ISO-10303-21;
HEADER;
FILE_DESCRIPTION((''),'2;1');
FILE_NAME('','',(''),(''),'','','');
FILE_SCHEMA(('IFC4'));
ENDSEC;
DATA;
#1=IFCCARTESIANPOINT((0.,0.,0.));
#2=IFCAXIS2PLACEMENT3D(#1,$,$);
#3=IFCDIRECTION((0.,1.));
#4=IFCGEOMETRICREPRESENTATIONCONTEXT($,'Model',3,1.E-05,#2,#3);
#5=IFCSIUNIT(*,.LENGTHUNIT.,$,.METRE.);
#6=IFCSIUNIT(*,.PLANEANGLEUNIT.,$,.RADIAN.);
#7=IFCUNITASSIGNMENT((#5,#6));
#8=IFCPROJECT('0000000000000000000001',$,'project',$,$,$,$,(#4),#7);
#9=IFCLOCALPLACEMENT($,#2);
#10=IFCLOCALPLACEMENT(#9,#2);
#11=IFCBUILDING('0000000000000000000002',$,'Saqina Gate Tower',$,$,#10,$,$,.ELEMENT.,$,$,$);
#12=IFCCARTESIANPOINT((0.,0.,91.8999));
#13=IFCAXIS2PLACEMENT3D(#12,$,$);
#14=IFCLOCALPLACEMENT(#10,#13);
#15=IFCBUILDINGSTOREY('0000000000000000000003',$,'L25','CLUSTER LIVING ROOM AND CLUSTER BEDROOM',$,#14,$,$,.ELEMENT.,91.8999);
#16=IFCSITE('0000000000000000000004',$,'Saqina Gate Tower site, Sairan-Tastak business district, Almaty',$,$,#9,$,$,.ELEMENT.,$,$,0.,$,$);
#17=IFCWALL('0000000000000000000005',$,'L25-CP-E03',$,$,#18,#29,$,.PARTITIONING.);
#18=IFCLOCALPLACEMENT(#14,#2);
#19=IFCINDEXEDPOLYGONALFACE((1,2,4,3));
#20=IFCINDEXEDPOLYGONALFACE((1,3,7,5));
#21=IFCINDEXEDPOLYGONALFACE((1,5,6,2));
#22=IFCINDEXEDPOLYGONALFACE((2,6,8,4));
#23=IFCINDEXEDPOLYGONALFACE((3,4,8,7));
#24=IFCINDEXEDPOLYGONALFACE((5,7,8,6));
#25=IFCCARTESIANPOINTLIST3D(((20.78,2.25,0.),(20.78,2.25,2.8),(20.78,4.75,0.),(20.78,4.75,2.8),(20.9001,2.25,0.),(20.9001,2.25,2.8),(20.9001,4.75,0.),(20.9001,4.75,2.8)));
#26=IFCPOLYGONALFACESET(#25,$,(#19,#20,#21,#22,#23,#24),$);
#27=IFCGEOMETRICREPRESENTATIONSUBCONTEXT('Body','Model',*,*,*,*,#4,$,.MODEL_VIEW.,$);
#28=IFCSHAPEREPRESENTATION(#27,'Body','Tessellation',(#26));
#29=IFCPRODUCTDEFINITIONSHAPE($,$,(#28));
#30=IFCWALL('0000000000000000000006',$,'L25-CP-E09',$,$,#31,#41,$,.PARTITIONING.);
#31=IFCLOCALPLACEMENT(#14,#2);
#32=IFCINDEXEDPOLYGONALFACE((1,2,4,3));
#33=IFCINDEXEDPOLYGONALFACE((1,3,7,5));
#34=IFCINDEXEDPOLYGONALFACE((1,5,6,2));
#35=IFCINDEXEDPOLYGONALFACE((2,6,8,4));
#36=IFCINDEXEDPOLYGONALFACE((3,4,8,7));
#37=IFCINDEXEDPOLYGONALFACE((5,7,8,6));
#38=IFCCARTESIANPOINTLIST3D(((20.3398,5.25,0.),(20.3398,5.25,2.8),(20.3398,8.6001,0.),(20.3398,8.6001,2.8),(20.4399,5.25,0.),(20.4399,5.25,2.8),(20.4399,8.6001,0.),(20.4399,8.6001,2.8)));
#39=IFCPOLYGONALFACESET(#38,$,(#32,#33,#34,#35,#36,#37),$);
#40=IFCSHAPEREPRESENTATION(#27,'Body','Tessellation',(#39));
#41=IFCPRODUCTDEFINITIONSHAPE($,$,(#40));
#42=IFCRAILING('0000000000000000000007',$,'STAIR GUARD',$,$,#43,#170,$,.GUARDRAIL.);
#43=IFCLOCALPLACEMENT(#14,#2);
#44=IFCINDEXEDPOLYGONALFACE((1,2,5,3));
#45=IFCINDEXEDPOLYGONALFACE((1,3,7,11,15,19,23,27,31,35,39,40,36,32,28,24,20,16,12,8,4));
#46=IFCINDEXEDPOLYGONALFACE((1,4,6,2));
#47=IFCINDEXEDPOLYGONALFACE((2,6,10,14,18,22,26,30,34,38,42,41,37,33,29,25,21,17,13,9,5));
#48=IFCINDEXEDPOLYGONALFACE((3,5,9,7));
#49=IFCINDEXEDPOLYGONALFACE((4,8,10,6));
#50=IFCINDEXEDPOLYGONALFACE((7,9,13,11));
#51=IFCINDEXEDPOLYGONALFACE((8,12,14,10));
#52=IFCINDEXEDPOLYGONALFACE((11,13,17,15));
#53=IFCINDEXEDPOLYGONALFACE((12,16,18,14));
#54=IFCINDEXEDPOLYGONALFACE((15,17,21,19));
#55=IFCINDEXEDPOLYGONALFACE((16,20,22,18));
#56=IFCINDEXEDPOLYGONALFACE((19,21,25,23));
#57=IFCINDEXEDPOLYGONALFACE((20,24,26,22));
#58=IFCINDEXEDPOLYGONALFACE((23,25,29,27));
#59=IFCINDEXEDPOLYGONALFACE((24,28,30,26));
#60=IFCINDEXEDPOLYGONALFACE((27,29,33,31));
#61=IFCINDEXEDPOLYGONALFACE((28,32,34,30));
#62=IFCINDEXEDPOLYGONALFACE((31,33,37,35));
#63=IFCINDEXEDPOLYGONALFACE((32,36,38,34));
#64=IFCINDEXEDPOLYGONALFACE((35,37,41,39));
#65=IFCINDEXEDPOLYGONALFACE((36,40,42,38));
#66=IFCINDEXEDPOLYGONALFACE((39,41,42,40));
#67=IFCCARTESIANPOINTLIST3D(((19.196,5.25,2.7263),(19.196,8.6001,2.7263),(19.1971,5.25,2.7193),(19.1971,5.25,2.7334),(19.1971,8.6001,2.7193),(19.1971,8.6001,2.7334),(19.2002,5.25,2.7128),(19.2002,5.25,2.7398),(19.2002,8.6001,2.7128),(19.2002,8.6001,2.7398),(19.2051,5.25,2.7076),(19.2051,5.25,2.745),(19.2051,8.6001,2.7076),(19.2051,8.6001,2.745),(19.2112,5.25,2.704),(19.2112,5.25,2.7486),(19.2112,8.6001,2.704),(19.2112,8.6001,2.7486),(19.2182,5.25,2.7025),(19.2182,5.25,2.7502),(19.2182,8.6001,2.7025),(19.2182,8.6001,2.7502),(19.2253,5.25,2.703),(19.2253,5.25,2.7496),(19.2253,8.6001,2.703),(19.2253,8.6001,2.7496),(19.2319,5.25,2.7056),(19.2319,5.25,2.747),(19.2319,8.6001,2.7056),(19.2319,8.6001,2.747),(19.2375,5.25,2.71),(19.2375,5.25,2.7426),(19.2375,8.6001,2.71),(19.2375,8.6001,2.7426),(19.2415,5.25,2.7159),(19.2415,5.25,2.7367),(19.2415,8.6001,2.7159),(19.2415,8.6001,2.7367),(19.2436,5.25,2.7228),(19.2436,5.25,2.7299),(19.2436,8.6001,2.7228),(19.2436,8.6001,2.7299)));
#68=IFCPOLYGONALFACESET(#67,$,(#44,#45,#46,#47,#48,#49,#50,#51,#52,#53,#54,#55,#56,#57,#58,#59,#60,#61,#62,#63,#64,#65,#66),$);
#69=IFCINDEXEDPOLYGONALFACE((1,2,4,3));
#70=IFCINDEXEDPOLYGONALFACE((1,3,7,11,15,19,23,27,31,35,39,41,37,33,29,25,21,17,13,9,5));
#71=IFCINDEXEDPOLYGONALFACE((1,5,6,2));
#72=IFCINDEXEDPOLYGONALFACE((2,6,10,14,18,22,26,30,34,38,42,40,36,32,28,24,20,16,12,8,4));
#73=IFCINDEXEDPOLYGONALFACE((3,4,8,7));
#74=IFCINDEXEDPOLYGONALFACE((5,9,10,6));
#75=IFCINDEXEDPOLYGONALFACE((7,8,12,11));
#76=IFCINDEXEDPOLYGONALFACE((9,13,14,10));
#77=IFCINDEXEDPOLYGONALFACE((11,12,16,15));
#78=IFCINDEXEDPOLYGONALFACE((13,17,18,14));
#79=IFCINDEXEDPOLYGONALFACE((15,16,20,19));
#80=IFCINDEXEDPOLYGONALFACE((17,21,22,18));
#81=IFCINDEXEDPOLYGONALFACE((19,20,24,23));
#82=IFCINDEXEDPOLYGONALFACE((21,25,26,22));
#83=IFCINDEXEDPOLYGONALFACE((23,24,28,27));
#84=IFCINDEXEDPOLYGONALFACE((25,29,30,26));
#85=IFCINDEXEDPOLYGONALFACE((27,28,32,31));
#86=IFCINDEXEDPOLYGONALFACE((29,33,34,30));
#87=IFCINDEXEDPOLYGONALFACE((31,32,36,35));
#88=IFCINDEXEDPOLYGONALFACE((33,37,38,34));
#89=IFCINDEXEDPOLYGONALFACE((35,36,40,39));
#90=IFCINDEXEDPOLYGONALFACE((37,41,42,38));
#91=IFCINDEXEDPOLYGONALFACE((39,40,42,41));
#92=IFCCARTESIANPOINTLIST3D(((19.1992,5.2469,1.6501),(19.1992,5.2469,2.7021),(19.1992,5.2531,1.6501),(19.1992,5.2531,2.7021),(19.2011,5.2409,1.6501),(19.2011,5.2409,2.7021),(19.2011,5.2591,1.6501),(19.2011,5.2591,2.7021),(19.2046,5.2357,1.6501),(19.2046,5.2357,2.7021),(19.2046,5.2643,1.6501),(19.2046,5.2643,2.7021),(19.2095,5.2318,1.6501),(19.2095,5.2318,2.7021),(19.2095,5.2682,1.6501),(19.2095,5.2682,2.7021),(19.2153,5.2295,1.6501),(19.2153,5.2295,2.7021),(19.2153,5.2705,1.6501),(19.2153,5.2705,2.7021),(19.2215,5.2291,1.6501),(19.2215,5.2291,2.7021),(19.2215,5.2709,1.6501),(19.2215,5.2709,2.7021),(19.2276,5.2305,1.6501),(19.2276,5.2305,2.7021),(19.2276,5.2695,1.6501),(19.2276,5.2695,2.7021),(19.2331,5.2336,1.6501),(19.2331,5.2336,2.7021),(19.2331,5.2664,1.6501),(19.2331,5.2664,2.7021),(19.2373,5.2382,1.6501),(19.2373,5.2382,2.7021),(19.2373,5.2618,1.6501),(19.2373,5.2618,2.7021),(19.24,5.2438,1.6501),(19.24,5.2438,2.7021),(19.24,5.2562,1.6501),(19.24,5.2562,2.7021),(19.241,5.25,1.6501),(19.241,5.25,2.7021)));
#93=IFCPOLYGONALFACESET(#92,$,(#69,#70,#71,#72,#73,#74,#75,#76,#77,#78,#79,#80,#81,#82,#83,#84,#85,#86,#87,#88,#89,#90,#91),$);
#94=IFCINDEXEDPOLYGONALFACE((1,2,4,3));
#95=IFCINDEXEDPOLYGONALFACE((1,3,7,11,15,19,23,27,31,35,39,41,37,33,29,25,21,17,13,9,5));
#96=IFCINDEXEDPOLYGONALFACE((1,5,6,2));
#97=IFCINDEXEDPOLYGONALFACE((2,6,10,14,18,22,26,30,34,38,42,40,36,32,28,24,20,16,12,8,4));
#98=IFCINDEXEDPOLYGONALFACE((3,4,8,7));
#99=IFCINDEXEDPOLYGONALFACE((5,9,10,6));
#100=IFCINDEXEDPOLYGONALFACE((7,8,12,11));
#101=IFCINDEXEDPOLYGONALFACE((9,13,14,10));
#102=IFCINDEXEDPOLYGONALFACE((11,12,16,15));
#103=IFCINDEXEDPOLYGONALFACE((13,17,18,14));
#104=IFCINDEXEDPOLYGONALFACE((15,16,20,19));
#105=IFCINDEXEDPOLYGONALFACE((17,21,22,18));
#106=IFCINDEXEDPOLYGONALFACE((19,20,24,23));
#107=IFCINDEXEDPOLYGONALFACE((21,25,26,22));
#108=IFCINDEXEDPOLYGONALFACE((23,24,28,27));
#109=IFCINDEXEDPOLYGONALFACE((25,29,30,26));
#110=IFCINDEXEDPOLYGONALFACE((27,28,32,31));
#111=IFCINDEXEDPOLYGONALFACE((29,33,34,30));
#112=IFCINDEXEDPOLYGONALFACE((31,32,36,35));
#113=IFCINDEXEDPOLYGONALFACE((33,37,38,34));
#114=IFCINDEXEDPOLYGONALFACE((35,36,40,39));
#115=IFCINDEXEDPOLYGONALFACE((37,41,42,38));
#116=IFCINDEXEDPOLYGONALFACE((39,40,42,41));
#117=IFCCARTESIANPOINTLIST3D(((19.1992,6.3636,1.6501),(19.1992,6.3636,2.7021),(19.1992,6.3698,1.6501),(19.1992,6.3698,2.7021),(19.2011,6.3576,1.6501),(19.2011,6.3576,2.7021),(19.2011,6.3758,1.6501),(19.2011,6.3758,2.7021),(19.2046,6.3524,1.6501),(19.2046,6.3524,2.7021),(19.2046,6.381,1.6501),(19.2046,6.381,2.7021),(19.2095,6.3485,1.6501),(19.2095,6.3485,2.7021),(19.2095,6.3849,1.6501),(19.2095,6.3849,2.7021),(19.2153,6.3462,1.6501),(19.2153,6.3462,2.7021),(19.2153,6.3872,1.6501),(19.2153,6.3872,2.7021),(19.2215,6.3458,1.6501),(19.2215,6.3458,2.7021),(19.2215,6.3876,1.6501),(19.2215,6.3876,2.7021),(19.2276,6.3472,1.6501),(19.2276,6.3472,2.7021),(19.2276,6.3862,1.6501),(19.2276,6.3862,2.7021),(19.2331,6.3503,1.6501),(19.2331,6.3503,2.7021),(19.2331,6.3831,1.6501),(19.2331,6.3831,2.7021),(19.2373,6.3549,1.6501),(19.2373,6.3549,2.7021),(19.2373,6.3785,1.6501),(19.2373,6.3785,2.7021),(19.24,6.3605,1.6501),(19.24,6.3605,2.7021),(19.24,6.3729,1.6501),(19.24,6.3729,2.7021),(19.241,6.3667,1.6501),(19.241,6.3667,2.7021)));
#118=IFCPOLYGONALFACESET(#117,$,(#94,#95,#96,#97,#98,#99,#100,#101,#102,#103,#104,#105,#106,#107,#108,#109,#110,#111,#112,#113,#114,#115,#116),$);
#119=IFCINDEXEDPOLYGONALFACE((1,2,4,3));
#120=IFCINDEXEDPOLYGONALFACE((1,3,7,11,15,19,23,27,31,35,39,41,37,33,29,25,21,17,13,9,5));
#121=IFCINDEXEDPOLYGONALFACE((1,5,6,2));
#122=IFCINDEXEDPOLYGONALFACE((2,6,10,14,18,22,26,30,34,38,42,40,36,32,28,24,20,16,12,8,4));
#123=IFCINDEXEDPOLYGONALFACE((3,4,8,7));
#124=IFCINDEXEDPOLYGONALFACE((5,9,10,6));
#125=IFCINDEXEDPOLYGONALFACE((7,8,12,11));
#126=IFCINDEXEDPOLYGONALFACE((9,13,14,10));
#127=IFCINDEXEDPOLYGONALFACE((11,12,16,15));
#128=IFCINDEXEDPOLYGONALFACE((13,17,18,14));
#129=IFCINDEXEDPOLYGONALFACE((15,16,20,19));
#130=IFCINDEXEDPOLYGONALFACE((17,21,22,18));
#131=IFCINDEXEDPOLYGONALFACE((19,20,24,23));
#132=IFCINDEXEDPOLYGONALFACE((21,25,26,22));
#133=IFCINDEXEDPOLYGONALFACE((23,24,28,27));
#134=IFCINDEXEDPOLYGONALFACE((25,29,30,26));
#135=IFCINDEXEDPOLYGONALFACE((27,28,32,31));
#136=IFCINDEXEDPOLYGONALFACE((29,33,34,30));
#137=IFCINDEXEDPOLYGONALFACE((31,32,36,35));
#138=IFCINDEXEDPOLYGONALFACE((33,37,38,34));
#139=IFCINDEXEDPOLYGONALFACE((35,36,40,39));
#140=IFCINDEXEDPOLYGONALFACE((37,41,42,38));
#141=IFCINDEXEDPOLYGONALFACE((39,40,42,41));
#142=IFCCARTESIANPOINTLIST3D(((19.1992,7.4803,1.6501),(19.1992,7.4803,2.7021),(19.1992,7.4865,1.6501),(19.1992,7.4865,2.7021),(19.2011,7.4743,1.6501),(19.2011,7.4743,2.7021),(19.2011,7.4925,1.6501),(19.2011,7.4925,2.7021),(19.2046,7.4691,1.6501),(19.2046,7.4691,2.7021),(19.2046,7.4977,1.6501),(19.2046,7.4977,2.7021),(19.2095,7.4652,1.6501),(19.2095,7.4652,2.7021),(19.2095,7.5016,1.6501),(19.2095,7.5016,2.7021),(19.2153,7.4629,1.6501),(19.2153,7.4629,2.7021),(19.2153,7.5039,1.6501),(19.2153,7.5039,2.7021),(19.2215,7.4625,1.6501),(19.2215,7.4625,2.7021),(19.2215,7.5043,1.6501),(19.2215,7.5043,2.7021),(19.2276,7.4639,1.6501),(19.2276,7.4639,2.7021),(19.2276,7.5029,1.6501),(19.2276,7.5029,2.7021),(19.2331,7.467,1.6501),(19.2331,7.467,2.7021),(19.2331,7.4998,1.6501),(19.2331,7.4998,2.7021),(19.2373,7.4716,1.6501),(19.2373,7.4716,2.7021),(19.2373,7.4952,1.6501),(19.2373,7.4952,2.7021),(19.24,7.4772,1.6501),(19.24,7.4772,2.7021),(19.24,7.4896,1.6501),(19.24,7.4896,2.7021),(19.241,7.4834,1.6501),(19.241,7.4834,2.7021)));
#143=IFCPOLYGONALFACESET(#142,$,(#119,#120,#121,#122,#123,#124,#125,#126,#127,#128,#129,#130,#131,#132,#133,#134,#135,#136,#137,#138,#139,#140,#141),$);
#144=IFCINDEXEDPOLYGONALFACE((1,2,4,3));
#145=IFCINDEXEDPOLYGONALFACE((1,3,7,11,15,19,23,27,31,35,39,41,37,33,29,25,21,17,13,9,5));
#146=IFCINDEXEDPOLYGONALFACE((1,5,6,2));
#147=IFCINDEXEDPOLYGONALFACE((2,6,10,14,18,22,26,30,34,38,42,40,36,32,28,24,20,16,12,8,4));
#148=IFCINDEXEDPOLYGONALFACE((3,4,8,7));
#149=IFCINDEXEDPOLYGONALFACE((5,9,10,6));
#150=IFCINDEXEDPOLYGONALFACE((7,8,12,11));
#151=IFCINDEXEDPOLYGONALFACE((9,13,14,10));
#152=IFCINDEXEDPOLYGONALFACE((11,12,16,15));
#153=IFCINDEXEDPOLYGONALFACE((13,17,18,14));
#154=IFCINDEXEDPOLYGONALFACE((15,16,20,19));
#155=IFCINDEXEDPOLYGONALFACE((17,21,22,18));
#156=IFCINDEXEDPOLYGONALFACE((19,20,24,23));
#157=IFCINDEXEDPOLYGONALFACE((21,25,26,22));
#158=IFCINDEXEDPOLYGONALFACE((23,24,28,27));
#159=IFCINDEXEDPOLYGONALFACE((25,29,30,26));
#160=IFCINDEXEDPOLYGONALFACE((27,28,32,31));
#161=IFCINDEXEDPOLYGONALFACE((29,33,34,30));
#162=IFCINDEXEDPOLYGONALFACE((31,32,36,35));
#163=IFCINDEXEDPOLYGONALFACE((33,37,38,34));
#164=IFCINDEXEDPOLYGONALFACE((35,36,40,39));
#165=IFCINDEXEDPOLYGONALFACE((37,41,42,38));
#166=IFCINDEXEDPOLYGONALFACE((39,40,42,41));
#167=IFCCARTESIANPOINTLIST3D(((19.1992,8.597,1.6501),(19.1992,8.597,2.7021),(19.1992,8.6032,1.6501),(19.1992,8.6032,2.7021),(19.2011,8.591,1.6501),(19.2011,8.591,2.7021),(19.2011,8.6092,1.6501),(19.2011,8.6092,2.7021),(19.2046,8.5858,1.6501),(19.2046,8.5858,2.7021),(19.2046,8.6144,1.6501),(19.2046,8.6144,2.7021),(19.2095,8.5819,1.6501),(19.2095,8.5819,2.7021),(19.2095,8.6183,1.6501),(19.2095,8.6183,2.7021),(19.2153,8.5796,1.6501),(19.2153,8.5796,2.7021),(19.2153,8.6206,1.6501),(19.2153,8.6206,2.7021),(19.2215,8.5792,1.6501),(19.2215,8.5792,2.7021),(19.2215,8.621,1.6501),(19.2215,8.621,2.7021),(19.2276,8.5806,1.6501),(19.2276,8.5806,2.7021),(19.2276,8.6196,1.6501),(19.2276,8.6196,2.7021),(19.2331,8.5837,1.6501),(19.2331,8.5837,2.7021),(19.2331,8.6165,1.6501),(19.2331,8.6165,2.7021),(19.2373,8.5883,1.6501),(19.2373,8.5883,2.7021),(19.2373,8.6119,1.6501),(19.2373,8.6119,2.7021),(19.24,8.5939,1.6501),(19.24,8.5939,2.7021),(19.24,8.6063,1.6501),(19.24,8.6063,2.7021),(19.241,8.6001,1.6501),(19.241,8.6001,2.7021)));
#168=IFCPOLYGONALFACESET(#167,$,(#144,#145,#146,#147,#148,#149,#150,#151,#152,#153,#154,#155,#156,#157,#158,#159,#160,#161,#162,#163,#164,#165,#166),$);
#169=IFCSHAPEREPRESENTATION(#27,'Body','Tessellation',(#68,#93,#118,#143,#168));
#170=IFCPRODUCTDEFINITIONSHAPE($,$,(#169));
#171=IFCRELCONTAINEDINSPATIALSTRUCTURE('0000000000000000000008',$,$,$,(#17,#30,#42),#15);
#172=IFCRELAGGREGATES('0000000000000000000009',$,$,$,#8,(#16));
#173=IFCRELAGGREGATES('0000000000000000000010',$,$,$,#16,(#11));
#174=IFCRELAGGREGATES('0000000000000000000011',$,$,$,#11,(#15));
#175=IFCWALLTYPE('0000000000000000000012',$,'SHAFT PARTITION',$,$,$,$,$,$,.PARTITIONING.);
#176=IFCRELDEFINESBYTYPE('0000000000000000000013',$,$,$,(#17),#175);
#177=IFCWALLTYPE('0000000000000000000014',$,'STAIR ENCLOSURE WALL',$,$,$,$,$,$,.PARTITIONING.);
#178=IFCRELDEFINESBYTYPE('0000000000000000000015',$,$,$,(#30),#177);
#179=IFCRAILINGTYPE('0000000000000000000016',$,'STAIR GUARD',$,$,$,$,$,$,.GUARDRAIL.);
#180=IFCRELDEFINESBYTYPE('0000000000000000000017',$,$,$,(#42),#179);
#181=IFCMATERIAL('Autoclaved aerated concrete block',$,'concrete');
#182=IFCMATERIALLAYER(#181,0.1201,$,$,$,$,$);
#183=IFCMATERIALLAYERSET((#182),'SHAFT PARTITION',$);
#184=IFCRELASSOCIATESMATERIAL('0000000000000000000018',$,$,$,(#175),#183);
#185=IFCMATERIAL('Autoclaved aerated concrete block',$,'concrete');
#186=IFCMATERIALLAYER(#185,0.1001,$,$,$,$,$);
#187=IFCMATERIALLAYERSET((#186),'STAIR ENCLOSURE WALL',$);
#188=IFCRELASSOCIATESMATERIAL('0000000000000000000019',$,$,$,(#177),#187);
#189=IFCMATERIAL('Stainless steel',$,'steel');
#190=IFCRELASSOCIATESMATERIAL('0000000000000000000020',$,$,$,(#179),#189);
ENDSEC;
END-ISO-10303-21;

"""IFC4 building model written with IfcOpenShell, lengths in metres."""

from ifc_helpers import new_model, si_unit, direction, frame, frame_2d, origin, origin_2d, place, context, subcontext, project, spatial, rectangle, circle, extrude, material, layer, layer_set, type_object, element, save


model = new_model("IFC4")

# Units and contexts
model_context = context("Model", 3, precision=1e-05, world=origin(), true_north=direction((0.0, 1.0)))
body_context = subcontext(model_context, "Body", "Model", "MODEL_VIEW")
ifc_project = project(units=[si_unit("LENGTHUNIT", "METRE"), si_unit("PLANEANGLEUNIT", "RADIAN")], contexts=[model_context])

# Site, building, storey
site_placement = place(None, origin())
site = spatial("IfcSite", under=ifc_project, at=site_placement, Name="Saqina Gate Tower site, Sairan-Tastak business district, Almaty", CompositionType="ELEMENT", RefElevation=0.0)
building_placement = place(site_placement, origin())
building = spatial("IfcBuilding", under=site, at=building_placement, Name="Saqina Gate Tower", CompositionType="ELEMENT")
storey_placement = place(building_placement, frame((0.0, 0.0, 91.8999)))
storey = spatial("IfcBuildingStorey", under=building, at=storey_placement, Name="L25", Description="CLUSTER LIVING ROOM AND CLUSTER BEDROOM", CompositionType="ELEMENT", Elevation=91.8999)

# Walls
ifc_material_1 = material(Name="Autoclaved aerated concrete block", Category="concrete")
ifc_layer_1 = layer(ifc_material_1, 0.1201)
ifc_layer_set_1 = layer_set([ifc_layer_1], Name="SHAFT PARTITION")
wall_type_1 = type_object("IfcWallType", Name="SHAFT PARTITION", PredefinedType="PARTITIONING", material=ifc_layer_set_1)
wall_1_placement = place(storey_placement, frame((20.8401, 2.25, 0.0), z_axis=(0.0, 0.0, 1.0), x_axis=(0.0, 1.0, 0.0)))
element("IfcWall", 1, at=wall_1_placement, inside=storey, type_object=wall_type_1, Name="L25-CP-E03", PredefinedType="PARTITIONING", context=body_context, shape_type="SweptSolid", body=[
    extrude(rectangle(XDim=2.5, YDim=0.1201, at=frame_2d((1.25, 0.0))), origin(), (0.0, 0.0, 1.0), 2.8),
])
ifc_material_2 = material(Name="Autoclaved aerated concrete block", Category="concrete")
ifc_layer_2 = layer(ifc_material_2, 0.1001)
ifc_layer_set_2 = layer_set([ifc_layer_2], Name="STAIR ENCLOSURE WALL")
wall_type_2 = type_object("IfcWallType", Name="STAIR ENCLOSURE WALL", PredefinedType="PARTITIONING", material=ifc_layer_set_2)
wall_2_placement = place(storey_placement, frame((20.3899, 5.25, 0.0), z_axis=(0.0, 0.0, 1.0), x_axis=(0.0, 1.0, 0.0)))
element("IfcWall", 2, at=wall_2_placement, inside=storey, type_object=wall_type_2, Name="L25-CP-E09", PredefinedType="PARTITIONING", context=body_context, shape_type="SweptSolid", body=[
    extrude(rectangle(XDim=3.3501, YDim=0.1001, at=frame_2d((1.675, 0.0))), origin(), (0.0, 0.0, 1.0), 2.8),
])

# Railing
ifc_material_3 = material(Name="Stainless steel", Category="steel")
railing_type = type_object("IfcRailingType", Name="STAIR GUARD", PredefinedType="GUARDRAIL", material=ifc_material_3)
railing_placement = place(storey_placement, frame((19.22, 5.25, 1.6501)))
element("IfcRailing", 3, at=railing_placement, inside=storey, type_object=railing_type, Name="STAIR GUARD", PredefinedType="GUARDRAIL", context=body_context, shape_type="SweptSolid", body=[
    extrude(circle(Radius=0.0239, at=origin_2d()), frame((0.0, 0.0, 1.0762), z_axis=(0.0, 1.0, 0.0), x_axis=(-1.0, 0.0, 0.0)), (0.0, 0.0, 1.0), 3.3501),
    extrude(circle(Radius=0.021, at=origin_2d()), origin(), (0.0, 0.0, 1.0), 1.052),
    extrude(circle(Radius=0.021, at=origin_2d()), frame((0.0, 1.1167, 0.0)), (0.0, 0.0, 1.0), 1.052),
    extrude(circle(Radius=0.021, at=origin_2d()), frame((0.0, 2.2334, 0.0)), (0.0, 0.0, 1.0), 1.052),
    extrude(circle(Radius=0.021, at=origin_2d()), frame((0.0, 3.3501, 0.0)), (0.0, 0.0, 1.0), 1.052),
])

save(model, "model.ifc")
